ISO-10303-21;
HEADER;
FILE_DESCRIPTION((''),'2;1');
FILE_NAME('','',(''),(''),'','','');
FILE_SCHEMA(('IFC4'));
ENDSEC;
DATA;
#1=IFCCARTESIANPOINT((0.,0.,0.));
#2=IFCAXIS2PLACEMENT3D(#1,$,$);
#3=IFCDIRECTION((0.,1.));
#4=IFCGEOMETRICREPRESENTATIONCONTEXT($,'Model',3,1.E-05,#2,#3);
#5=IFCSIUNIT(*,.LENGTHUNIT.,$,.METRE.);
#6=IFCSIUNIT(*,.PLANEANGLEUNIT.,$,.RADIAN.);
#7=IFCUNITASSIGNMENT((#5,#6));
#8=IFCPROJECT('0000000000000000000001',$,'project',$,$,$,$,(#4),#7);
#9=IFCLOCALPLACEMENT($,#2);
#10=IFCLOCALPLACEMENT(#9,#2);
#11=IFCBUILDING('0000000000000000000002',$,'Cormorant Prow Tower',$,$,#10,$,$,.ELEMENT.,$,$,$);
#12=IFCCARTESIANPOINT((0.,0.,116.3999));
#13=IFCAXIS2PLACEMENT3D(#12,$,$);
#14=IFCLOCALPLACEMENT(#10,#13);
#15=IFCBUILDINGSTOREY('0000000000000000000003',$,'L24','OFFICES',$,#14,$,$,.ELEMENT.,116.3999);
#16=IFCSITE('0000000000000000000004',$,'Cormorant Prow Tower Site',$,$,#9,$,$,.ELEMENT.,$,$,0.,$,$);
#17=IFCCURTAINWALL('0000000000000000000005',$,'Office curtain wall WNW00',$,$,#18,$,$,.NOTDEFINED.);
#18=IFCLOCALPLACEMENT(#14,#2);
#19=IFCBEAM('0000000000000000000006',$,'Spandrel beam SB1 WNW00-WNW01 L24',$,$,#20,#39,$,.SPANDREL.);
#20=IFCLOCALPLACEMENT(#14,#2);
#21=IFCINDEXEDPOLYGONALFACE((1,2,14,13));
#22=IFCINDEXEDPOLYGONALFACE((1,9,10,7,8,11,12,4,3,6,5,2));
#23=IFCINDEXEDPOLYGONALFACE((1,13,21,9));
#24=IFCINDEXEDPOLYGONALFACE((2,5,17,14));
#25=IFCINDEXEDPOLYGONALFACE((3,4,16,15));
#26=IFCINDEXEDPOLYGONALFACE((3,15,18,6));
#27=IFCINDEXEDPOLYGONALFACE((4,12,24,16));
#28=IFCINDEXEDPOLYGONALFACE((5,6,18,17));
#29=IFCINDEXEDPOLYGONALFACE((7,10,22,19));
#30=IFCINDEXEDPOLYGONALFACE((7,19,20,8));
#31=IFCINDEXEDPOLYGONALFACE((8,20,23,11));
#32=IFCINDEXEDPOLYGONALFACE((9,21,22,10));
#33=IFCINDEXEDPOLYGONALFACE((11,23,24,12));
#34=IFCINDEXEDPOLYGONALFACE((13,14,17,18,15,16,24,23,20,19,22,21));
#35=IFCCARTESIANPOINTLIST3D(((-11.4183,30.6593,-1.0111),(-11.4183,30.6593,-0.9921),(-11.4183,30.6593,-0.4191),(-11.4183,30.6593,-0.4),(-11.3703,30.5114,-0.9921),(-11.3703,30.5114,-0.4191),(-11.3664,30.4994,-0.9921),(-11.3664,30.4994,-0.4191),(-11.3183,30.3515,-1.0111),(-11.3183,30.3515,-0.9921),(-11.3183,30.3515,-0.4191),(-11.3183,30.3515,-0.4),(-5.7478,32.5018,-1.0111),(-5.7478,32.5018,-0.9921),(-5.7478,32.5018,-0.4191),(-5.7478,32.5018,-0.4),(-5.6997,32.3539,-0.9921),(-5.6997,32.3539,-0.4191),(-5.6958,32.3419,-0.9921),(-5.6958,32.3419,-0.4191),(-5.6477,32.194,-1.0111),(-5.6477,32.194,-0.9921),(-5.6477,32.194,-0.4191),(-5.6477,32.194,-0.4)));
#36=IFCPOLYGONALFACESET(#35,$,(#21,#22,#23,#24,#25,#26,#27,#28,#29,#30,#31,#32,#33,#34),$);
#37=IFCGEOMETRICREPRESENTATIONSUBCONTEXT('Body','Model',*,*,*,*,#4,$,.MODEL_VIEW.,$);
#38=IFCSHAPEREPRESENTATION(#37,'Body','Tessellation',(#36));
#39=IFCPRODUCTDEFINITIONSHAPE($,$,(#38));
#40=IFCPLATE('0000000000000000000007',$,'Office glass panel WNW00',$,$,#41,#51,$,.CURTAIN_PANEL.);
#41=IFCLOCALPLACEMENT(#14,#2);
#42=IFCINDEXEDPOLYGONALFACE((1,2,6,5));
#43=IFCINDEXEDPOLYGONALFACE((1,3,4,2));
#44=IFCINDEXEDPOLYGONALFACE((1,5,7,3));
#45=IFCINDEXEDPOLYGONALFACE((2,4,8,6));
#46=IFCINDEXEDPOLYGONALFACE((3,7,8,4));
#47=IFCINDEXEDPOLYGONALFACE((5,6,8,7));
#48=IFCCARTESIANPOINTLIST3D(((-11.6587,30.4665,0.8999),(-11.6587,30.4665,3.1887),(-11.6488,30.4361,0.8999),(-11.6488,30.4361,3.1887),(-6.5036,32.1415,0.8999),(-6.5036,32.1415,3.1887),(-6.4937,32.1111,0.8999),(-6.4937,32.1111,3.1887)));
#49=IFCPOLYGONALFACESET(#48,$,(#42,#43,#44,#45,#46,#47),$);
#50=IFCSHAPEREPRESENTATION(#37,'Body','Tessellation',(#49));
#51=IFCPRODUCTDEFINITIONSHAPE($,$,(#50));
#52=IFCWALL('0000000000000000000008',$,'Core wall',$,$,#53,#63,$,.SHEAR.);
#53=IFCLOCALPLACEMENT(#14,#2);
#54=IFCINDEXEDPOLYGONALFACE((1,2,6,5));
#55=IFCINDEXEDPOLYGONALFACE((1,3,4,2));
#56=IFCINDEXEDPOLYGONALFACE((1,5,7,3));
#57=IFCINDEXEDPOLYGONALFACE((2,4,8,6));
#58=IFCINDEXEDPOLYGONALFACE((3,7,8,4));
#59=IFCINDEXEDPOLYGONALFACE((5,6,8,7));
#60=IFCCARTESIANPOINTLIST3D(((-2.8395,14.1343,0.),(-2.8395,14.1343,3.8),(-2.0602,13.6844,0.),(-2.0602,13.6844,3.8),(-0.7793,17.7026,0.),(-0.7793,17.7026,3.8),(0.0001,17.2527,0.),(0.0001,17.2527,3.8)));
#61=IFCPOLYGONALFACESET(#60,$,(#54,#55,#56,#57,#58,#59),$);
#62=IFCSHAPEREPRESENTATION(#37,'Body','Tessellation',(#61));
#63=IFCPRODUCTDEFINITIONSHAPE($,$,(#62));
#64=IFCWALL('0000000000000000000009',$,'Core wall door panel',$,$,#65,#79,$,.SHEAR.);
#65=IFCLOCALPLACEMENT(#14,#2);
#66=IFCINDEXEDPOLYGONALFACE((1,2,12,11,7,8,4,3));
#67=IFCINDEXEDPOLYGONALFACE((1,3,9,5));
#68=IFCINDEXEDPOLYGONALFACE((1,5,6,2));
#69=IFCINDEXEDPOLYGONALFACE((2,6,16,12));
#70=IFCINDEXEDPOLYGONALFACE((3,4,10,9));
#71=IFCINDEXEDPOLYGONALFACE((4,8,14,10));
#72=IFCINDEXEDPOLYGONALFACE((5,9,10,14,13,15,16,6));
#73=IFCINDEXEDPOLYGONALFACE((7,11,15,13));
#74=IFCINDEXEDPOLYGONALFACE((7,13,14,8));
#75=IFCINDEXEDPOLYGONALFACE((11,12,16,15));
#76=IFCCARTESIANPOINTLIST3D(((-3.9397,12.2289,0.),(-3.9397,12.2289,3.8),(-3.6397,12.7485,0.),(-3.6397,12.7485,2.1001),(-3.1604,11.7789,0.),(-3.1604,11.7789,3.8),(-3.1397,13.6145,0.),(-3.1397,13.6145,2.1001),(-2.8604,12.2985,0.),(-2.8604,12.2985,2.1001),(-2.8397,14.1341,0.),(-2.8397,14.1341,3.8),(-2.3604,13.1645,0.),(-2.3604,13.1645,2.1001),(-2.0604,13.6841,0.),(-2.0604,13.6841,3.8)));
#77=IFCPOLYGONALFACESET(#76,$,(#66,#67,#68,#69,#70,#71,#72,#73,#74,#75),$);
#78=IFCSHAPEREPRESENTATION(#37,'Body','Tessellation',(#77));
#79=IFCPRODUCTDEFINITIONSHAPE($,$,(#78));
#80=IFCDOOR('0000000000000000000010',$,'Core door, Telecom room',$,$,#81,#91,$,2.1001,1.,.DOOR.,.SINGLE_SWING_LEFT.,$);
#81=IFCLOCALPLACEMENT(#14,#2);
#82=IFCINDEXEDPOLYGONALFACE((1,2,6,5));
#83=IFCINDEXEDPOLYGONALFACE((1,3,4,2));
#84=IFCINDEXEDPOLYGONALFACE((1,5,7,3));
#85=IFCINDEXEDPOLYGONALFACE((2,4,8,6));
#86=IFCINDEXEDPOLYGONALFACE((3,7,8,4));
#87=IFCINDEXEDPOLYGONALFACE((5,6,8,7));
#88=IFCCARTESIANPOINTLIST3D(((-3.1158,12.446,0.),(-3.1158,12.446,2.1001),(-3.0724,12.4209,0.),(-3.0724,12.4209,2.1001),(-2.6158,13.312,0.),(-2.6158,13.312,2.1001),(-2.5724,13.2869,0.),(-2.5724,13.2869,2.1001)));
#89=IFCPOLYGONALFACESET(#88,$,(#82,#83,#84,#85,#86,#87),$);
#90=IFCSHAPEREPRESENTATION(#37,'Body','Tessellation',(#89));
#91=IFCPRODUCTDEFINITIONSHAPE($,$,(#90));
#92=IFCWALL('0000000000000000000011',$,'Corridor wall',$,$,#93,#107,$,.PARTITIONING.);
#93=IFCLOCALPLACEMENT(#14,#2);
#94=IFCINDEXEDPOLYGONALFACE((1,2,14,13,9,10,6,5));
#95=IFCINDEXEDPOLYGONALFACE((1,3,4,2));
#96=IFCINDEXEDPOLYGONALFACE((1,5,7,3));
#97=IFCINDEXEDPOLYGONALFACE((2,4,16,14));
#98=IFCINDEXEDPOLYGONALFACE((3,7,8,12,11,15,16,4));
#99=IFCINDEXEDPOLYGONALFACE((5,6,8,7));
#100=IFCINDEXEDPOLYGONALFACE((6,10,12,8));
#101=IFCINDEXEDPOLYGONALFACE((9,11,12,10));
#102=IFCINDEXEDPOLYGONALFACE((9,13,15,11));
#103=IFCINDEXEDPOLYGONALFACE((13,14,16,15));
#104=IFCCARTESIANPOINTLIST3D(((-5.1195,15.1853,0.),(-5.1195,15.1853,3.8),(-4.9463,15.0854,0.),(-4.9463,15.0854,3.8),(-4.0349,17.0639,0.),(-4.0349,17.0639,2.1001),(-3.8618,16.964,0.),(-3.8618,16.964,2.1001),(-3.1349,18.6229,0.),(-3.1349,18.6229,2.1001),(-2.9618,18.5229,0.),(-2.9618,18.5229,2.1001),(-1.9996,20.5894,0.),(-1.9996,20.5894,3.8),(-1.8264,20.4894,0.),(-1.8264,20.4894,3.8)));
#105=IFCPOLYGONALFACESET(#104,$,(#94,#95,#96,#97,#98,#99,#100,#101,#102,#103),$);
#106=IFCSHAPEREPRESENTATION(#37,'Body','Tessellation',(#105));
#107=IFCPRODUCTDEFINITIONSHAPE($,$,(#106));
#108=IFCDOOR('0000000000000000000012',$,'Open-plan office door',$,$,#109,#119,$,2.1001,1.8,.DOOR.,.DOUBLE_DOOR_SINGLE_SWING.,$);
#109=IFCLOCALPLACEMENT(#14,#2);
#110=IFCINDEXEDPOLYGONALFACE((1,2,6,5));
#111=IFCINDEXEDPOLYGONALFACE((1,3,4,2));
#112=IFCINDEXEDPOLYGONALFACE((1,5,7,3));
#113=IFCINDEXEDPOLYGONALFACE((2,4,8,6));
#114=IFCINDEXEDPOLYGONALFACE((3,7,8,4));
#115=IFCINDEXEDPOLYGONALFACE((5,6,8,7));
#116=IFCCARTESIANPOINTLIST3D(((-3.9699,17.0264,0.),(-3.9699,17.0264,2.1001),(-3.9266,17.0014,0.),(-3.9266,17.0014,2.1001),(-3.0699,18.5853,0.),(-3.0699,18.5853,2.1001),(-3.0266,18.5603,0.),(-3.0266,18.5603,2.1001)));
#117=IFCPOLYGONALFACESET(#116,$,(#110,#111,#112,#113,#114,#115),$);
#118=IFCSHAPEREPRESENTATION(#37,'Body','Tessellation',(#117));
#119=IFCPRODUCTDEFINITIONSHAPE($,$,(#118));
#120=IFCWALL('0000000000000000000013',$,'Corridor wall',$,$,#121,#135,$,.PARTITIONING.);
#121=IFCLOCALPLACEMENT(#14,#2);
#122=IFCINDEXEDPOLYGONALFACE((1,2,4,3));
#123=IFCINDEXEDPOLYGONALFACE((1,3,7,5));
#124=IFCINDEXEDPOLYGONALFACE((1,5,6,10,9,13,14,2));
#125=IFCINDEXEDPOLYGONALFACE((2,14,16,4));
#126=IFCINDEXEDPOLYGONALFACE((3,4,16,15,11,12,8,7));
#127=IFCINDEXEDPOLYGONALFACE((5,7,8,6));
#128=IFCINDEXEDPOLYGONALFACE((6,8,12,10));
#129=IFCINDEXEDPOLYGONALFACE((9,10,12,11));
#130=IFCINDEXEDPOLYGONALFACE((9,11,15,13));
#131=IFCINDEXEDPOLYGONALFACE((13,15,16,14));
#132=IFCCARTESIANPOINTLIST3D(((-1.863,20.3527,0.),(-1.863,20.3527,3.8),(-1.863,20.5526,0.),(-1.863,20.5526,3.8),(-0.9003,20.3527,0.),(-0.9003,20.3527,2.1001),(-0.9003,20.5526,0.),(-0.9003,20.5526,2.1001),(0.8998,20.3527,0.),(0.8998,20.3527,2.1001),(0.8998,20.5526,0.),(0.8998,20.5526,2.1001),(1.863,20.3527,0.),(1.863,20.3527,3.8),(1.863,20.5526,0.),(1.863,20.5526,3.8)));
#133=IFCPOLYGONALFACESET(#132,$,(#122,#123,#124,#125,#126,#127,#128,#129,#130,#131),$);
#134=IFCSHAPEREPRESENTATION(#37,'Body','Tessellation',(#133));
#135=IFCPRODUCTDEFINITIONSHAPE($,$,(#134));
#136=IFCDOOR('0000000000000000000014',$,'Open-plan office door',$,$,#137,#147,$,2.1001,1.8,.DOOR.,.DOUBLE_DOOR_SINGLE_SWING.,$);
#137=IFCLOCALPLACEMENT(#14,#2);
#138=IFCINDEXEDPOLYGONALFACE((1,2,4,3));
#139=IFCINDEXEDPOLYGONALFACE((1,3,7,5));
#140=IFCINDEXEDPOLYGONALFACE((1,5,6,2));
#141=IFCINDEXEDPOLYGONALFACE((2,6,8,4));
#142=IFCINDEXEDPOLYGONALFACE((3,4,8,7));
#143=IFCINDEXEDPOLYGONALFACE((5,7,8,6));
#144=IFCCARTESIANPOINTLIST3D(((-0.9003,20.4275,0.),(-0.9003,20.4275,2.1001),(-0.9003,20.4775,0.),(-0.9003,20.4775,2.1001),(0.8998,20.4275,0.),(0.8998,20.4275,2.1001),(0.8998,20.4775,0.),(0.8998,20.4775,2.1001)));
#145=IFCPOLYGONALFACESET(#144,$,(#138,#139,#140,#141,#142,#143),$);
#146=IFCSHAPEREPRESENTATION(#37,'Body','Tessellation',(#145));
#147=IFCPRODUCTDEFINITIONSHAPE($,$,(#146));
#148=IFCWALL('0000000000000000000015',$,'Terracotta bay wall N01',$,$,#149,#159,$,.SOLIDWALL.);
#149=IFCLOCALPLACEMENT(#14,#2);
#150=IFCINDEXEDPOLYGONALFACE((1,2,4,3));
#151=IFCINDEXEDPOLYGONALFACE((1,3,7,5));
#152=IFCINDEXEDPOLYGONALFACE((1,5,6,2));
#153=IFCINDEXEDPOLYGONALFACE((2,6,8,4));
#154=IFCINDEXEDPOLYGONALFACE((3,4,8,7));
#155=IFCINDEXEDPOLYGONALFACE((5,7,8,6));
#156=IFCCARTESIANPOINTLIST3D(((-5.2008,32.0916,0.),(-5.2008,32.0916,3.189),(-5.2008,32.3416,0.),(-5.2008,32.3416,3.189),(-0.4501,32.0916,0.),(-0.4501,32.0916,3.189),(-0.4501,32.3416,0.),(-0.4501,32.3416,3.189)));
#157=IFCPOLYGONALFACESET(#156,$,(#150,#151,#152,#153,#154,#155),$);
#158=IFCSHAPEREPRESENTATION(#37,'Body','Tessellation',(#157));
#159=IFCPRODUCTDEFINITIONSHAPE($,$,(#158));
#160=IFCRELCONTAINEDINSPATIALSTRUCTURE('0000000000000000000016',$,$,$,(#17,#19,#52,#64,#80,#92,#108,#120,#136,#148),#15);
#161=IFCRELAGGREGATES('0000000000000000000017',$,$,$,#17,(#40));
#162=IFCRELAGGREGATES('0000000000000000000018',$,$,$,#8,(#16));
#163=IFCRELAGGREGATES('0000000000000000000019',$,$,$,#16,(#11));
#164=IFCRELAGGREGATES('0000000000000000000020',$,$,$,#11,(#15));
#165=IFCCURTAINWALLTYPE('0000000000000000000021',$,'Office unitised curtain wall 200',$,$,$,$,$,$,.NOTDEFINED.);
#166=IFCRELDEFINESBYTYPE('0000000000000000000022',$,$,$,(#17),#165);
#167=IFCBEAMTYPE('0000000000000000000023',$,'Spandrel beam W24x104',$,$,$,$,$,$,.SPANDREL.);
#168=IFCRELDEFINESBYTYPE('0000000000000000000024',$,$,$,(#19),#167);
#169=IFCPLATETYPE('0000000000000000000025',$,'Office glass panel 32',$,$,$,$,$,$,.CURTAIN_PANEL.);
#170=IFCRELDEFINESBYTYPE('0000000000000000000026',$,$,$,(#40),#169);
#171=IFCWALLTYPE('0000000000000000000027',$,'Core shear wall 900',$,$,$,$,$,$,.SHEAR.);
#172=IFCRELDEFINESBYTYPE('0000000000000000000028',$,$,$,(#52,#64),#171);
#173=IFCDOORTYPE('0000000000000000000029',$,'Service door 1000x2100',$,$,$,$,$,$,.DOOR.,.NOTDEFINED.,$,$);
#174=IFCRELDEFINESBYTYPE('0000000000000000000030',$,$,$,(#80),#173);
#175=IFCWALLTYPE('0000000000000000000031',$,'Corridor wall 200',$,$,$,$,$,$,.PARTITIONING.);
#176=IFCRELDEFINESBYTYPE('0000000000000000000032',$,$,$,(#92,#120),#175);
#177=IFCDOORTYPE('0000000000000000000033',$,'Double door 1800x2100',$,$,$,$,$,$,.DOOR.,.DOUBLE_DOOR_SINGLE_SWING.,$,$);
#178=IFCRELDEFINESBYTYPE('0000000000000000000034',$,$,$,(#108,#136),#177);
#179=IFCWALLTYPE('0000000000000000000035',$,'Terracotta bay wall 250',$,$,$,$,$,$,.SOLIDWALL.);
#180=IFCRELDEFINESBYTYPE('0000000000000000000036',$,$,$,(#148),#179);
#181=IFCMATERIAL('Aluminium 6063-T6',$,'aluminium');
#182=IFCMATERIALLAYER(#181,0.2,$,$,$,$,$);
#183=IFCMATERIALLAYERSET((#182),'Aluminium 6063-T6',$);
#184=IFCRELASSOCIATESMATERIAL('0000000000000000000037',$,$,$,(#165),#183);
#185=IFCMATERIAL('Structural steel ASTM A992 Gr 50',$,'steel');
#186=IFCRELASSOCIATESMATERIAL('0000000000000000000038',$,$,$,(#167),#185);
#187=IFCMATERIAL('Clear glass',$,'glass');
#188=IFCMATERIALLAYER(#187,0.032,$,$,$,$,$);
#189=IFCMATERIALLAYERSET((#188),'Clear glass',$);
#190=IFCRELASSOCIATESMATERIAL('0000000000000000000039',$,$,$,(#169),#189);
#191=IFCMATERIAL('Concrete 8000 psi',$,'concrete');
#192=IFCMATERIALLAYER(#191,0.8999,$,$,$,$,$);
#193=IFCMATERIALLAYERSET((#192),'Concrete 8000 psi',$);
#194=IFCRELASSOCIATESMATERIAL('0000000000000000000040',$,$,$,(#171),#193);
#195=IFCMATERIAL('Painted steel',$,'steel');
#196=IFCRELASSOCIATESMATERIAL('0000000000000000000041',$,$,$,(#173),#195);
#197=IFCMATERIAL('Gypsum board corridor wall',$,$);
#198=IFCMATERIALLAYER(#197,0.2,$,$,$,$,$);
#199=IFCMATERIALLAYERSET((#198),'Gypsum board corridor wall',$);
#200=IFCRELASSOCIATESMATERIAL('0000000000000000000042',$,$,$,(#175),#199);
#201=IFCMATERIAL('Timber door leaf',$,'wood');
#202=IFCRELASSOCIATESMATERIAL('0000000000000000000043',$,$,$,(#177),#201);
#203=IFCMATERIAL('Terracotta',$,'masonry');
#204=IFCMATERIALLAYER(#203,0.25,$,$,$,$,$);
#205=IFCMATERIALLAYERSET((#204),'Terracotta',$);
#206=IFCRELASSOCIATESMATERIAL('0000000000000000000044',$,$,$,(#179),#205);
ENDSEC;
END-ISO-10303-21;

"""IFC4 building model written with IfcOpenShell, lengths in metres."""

from ifc_helpers import new_model, si_unit, direction, frame, frame_2d, origin, origin_2d, place, context, subcontext, project, spatial, rectangle, i_section, extrude, material, layer, layer_set, material_profile, profile_set, type_object, element, fill, aggregate, save


model = new_model("IFC4")

# Units and contexts
model_context = context("Model", 3, precision=1e-05, world=origin(), true_north=direction((0.0, 1.0)))
body_context = subcontext(model_context, "Body", "Model", "MODEL_VIEW")
ifc_project = project(units=[si_unit("LENGTHUNIT", "METRE"), si_unit("PLANEANGLEUNIT", "RADIAN")], contexts=[model_context])

# Site, building, storey
site_placement = place(None, origin())
site = spatial("IfcSite", under=ifc_project, at=site_placement, Name="Cormorant Prow Tower Site", CompositionType="ELEMENT", RefElevation=0.0)
building_placement = place(site_placement, origin())
building = spatial("IfcBuilding", under=site, at=building_placement, Name="Cormorant Prow Tower", CompositionType="ELEMENT")
storey_placement = place(building_placement, frame((0.0, 0.0, 116.3999)))
storey = spatial("IfcBuildingStorey", under=building, at=storey_placement, Name="L24", Description="OFFICES", CompositionType="ELEMENT", Elevation=116.3999)

# Curtain wall
ifc_material_1 = material(Name="Aluminium 6063-T6", Category="aluminium")
ifc_layer_1 = layer(ifc_material_1, 0.2)
ifc_layer_set_1 = layer_set([ifc_layer_1], Name="Aluminium 6063-T6")
curtain_wall_type = type_object("IfcCurtainWallType", Name="Office unitised curtain wall 200", PredefinedType="NOTDEFINED", material=ifc_layer_set_1)
curtain_wall_placement = place(storey_placement, origin())
curtain_wall = element("IfcCurtainWall", 1, at=curtain_wall_placement, inside=storey, type_object=curtain_wall_type, Name="Office curtain wall WNW00", PredefinedType="NOTDEFINED")

# Beam
ifc_material_2 = material(Name="Structural steel ASTM A992 Gr 50", Category="steel")
ifc_material_profile_1 = material_profile(ifc_material_2, i_section(OverallWidth=0.3237, OverallDepth=0.6111, WebThickness=0.0127, FlangeThickness=0.019, at=origin_2d()), Name="W24x104")
ifc_profile_set_1 = profile_set([ifc_material_profile_1], Name="Structural steel ASTM A992 Gr 50")
beam_type_1 = type_object("IfcBeamType", Name="Spandrel beam W24x104", PredefinedType="SPANDREL", material=ifc_profile_set_1)
beam_1_placement = place(storey_placement, frame((-5.6978, 32.3479, -0.7056), z_axis=(-0.951055, -0.30902, 0.0), x_axis=(0.30902, -0.951055, 0.0)))
element("IfcBeam", 2, at=beam_1_placement, inside=storey, type_object=beam_type_1, Name="Spandrel beam SB1 WNW00-WNW01 L24", PredefinedType="SPANDREL", context=body_context, shape_type="SweptSolid", body=[
    extrude(i_section(OverallWidth=0.3237, OverallDepth=0.6111, WebThickness=0.0127, FlangeThickness=0.019, at=origin_2d()), origin(), (0.0, 0.0, 1.0), 5.9624),
])

# Plate
ifc_material_3 = material(Name="Clear glass", Category="glass")
ifc_layer_2 = layer(ifc_material_3, 0.032)
ifc_layer_set_2 = layer_set([ifc_layer_2], Name="Clear glass")
plate_type = type_object("IfcPlateType", Name="Office glass panel 32", PredefinedType="CURTAIN_PANEL", material=ifc_layer_set_2)
plate_placement = place(storey_placement, frame((-9.0762, 31.2888, 0.8999), z_axis=(0.0, 0.0, 1.0), x_axis=(-0.951057, -0.309017, 0.0)))
plate = element("IfcPlate", 3, at=plate_placement, type_object=plate_type, Name="Office glass panel WNW00", PredefinedType="CURTAIN_PANEL", context=body_context, shape_type="SweptSolid", body=[
    extrude(rectangle(XDim=5.4204, YDim=0.032, at=origin_2d()), origin(), (0.0, 0.0, 1.0), 2.2888),
])
aggregate(curtain_wall, [plate])

# Wall
ifc_material_4 = material(Name="Concrete 8000 psi", Category="concrete")
ifc_layer_3 = layer(ifc_material_4, 0.8999)
ifc_layer_set_3 = layer_set([ifc_layer_3], Name="Concrete 8000 psi")
wall_type_1 = type_object("IfcWallType", Name="Core shear wall 900", PredefinedType="SHEAR", material=ifc_layer_set_3)
wall_1_placement = place(storey_placement, frame((-0.3896, 17.4775, 0.0), z_axis=(0.0, 0.0, 1.0), x_axis=(-0.50002, -0.866014, 0.0)))
element("IfcWall", 4, at=wall_1_placement, inside=storey, type_object=wall_type_1, Name="Core wall", PredefinedType="SHEAR", context=body_context, shape_type="SweptSolid", body=[
    extrude(rectangle(XDim=4.1204, YDim=0.8999, at=frame_2d((2.0601, 0.0))), origin(), (0.0, 0.0, 1.0), 3.8),
])

# Walls, openings, doors
wall_2_placement = place(storey_placement, frame((-2.45, 13.9092, 0.0), z_axis=(0.0, 0.0, 1.0), x_axis=(-0.50003, -0.866008, 0.0)))
wall_2 = element("IfcWall", 5, at=wall_2_placement, inside=storey, type_object=wall_type_1, Name="Core wall door panel", PredefinedType="SHEAR", context=body_context, shape_type="SweptSolid", body=[
    extrude(rectangle(XDim=2.2, YDim=0.8999, at=frame_2d((1.1001, 0.0))), origin(), (0.0, 0.0, 1.0), 3.8),
])
opening_1_placement = place(wall_2_placement, frame((0.6001, 0.0, 0.0)))
opening_1 = element("IfcOpeningElement", 6, at=opening_1_placement, cuts=wall_2, PredefinedType="OPENING", context=body_context, shape_type="SweptSolid", body=[
    extrude(rectangle(XDim=1.0, YDim=2.1001, at=frame_2d((0.5, 1.05))), frame((0.0, 0.46, 0.0), z_axis=(0.0, -1.0, 0.0), x_axis=(1.0, 0.0, 0.0)), (0.0, 0.0, 1.0), 0.9199),
])
ifc_material_5 = material(Name="Painted steel", Category="steel")
door_type_1 = type_object("IfcDoorType", Name="Service door 1000x2100", OperationType="NOTDEFINED", PredefinedType="DOOR", material=ifc_material_5)
door_1_placement = place(opening_1_placement, origin())
door_1 = element("IfcDoor", 7, at=door_1_placement, inside=storey, type_object=door_type_1, Name="Core door, Telecom room", OperationType="SINGLE_SWING_LEFT", OverallHeight=2.1001, OverallWidth=1.0, PredefinedType="DOOR", context=body_context, shape_type="SweptSolid", body=[
    extrude(rectangle(XDim=1.0, YDim=2.1001, at=frame_2d((0.5, 1.05))), frame((0.0, 0.2051, 0.0), z_axis=(0.0, -1.0, 0.0), x_axis=(1.0, 0.0, 0.0)), (0.0, 0.0, 1.0), 0.05),
])
fill(opening_1, door_1)
ifc_material_6 = material(Name="Gypsum board corridor wall")
ifc_layer_4 = layer(ifc_material_6, 0.2)
ifc_layer_set_4 = layer_set([ifc_layer_4], Name="Gypsum board corridor wall")
wall_type_2 = type_object("IfcWallType", Name="Corridor wall 200", PredefinedType="PARTITIONING", material=ifc_layer_set_4)
wall_3_placement = place(storey_placement, frame((-5.033, 15.1353, 0.0), z_axis=(0.0, 0.0, 1.0), x_axis=(0.499981, 0.866036, 0.0)))
wall_3 = element("IfcWall", 8, at=wall_3_placement, inside=storey, type_object=wall_type_2, Name="Corridor wall", PredefinedType="PARTITIONING", context=body_context, shape_type="SweptSolid", body=[
    extrude(rectangle(XDim=6.24, YDim=0.2, at=frame_2d((3.1201, 0.0))), origin(), (0.0, 0.0, 1.0), 3.8),
])
opening_2_placement = place(wall_3_placement, frame((2.1694, 0.0, 0.0)))
opening_2 = element("IfcOpeningElement", 9, at=opening_2_placement, cuts=wall_3, PredefinedType="OPENING", context=body_context, shape_type="SweptSolid", body=[
    extrude(rectangle(XDim=1.8, YDim=2.1001, at=frame_2d((0.8999, 1.05))), frame((0.0, 0.1099, 0.0), z_axis=(0.0, -1.0, 0.0), x_axis=(1.0, 0.0, 0.0)), (0.0, 0.0, 1.0), 0.22),
])
ifc_material_7 = material(Name="Timber door leaf", Category="wood")
door_type_2 = type_object("IfcDoorType", Name="Double door 1800x2100", OperationType="DOUBLE_DOOR_SINGLE_SWING", PredefinedType="DOOR", material=ifc_material_7)
door_2_placement = place(opening_2_placement, origin())
door_2 = element("IfcDoor", 10, at=door_2_placement, inside=storey, type_object=door_type_2, Name="Open-plan office door", OperationType="DOUBLE_DOOR_SINGLE_SWING", OverallHeight=2.1001, OverallWidth=1.8, PredefinedType="DOOR", context=body_context, shape_type="SweptSolid", body=[
    extrude(rectangle(XDim=1.8, YDim=2.1001, at=frame_2d((0.8999, 1.05))), frame((0.0, 0.0249, 0.0), z_axis=(0.0, -1.0, 0.0), x_axis=(1.0, 0.0, 0.0)), (0.0, 0.0, 1.0), 0.05),
])
fill(opening_2, door_2)
wall_4_placement = place(storey_placement, frame((-1.863, 20.4526, 0.0), z_axis=(0.0, 0.0, 1.0), x_axis=(1.0, 0.0, 0.0)))
wall_4 = element("IfcWall", 11, at=wall_4_placement, inside=storey, type_object=wall_type_2, Name="Corridor wall", PredefinedType="PARTITIONING", context=body_context, shape_type="SweptSolid", body=[
    extrude(rectangle(XDim=3.7261, YDim=0.2, at=frame_2d((1.863, 0.0))), origin(), (0.0, 0.0, 1.0), 3.8),
])
opening_3_placement = place(wall_4_placement, frame((0.9629, 0.0, 0.0)))
opening_3 = element("IfcOpeningElement", 12, at=opening_3_placement, cuts=wall_4, PredefinedType="OPENING", context=body_context, shape_type="SweptSolid", body=[
    extrude(rectangle(XDim=1.8, YDim=2.1001, at=frame_2d((0.8999, 1.05))), frame((0.0, 0.1099, 0.0), z_axis=(0.0, -1.0, 0.0), x_axis=(1.0, 0.0, 0.0)), (0.0, 0.0, 1.0), 0.22),
])
door_3_placement = place(opening_3_placement, origin())
door_3 = element("IfcDoor", 13, at=door_3_placement, inside=storey, type_object=door_type_2, Name="Open-plan office door", OperationType="DOUBLE_DOOR_SINGLE_SWING", OverallHeight=2.1001, OverallWidth=1.8, PredefinedType="DOOR", context=body_context, shape_type="SweptSolid", body=[
    extrude(rectangle(XDim=1.8, YDim=2.1001, at=frame_2d((0.8999, 1.05))), frame((0.0, 0.0249, 0.0), z_axis=(0.0, -1.0, 0.0), x_axis=(1.0, 0.0, 0.0)), (0.0, 0.0, 1.0), 0.05),
])
fill(opening_3, door_3)

# Wall
ifc_material_8 = material(Name="Terracotta", Category="masonry")
ifc_layer_5 = layer(ifc_material_8, 0.25)
ifc_layer_set_5 = layer_set([ifc_layer_5], Name="Terracotta")
wall_type_3 = type_object("IfcWallType", Name="Terracotta bay wall 250", PredefinedType="SOLIDWALL", material=ifc_layer_set_5)
wall_5_placement = place(storey_placement, frame((-0.45, 32.2166, 0.0), z_axis=(0.0, 0.0, 1.0), x_axis=(-1.0, 0.0, 0.0)))
element("IfcWall", 14, at=wall_5_placement, inside=storey, type_object=wall_type_3, Name="Terracotta bay wall N01", PredefinedType="SOLIDWALL", context=body_context, shape_type="SweptSolid", body=[
    extrude(rectangle(XDim=4.7507, YDim=0.25, at=frame_2d((2.3755, 0.0))), origin(), (0.0, 0.0, 1.0), 3.189),
])

save(model, "model.ifc")
